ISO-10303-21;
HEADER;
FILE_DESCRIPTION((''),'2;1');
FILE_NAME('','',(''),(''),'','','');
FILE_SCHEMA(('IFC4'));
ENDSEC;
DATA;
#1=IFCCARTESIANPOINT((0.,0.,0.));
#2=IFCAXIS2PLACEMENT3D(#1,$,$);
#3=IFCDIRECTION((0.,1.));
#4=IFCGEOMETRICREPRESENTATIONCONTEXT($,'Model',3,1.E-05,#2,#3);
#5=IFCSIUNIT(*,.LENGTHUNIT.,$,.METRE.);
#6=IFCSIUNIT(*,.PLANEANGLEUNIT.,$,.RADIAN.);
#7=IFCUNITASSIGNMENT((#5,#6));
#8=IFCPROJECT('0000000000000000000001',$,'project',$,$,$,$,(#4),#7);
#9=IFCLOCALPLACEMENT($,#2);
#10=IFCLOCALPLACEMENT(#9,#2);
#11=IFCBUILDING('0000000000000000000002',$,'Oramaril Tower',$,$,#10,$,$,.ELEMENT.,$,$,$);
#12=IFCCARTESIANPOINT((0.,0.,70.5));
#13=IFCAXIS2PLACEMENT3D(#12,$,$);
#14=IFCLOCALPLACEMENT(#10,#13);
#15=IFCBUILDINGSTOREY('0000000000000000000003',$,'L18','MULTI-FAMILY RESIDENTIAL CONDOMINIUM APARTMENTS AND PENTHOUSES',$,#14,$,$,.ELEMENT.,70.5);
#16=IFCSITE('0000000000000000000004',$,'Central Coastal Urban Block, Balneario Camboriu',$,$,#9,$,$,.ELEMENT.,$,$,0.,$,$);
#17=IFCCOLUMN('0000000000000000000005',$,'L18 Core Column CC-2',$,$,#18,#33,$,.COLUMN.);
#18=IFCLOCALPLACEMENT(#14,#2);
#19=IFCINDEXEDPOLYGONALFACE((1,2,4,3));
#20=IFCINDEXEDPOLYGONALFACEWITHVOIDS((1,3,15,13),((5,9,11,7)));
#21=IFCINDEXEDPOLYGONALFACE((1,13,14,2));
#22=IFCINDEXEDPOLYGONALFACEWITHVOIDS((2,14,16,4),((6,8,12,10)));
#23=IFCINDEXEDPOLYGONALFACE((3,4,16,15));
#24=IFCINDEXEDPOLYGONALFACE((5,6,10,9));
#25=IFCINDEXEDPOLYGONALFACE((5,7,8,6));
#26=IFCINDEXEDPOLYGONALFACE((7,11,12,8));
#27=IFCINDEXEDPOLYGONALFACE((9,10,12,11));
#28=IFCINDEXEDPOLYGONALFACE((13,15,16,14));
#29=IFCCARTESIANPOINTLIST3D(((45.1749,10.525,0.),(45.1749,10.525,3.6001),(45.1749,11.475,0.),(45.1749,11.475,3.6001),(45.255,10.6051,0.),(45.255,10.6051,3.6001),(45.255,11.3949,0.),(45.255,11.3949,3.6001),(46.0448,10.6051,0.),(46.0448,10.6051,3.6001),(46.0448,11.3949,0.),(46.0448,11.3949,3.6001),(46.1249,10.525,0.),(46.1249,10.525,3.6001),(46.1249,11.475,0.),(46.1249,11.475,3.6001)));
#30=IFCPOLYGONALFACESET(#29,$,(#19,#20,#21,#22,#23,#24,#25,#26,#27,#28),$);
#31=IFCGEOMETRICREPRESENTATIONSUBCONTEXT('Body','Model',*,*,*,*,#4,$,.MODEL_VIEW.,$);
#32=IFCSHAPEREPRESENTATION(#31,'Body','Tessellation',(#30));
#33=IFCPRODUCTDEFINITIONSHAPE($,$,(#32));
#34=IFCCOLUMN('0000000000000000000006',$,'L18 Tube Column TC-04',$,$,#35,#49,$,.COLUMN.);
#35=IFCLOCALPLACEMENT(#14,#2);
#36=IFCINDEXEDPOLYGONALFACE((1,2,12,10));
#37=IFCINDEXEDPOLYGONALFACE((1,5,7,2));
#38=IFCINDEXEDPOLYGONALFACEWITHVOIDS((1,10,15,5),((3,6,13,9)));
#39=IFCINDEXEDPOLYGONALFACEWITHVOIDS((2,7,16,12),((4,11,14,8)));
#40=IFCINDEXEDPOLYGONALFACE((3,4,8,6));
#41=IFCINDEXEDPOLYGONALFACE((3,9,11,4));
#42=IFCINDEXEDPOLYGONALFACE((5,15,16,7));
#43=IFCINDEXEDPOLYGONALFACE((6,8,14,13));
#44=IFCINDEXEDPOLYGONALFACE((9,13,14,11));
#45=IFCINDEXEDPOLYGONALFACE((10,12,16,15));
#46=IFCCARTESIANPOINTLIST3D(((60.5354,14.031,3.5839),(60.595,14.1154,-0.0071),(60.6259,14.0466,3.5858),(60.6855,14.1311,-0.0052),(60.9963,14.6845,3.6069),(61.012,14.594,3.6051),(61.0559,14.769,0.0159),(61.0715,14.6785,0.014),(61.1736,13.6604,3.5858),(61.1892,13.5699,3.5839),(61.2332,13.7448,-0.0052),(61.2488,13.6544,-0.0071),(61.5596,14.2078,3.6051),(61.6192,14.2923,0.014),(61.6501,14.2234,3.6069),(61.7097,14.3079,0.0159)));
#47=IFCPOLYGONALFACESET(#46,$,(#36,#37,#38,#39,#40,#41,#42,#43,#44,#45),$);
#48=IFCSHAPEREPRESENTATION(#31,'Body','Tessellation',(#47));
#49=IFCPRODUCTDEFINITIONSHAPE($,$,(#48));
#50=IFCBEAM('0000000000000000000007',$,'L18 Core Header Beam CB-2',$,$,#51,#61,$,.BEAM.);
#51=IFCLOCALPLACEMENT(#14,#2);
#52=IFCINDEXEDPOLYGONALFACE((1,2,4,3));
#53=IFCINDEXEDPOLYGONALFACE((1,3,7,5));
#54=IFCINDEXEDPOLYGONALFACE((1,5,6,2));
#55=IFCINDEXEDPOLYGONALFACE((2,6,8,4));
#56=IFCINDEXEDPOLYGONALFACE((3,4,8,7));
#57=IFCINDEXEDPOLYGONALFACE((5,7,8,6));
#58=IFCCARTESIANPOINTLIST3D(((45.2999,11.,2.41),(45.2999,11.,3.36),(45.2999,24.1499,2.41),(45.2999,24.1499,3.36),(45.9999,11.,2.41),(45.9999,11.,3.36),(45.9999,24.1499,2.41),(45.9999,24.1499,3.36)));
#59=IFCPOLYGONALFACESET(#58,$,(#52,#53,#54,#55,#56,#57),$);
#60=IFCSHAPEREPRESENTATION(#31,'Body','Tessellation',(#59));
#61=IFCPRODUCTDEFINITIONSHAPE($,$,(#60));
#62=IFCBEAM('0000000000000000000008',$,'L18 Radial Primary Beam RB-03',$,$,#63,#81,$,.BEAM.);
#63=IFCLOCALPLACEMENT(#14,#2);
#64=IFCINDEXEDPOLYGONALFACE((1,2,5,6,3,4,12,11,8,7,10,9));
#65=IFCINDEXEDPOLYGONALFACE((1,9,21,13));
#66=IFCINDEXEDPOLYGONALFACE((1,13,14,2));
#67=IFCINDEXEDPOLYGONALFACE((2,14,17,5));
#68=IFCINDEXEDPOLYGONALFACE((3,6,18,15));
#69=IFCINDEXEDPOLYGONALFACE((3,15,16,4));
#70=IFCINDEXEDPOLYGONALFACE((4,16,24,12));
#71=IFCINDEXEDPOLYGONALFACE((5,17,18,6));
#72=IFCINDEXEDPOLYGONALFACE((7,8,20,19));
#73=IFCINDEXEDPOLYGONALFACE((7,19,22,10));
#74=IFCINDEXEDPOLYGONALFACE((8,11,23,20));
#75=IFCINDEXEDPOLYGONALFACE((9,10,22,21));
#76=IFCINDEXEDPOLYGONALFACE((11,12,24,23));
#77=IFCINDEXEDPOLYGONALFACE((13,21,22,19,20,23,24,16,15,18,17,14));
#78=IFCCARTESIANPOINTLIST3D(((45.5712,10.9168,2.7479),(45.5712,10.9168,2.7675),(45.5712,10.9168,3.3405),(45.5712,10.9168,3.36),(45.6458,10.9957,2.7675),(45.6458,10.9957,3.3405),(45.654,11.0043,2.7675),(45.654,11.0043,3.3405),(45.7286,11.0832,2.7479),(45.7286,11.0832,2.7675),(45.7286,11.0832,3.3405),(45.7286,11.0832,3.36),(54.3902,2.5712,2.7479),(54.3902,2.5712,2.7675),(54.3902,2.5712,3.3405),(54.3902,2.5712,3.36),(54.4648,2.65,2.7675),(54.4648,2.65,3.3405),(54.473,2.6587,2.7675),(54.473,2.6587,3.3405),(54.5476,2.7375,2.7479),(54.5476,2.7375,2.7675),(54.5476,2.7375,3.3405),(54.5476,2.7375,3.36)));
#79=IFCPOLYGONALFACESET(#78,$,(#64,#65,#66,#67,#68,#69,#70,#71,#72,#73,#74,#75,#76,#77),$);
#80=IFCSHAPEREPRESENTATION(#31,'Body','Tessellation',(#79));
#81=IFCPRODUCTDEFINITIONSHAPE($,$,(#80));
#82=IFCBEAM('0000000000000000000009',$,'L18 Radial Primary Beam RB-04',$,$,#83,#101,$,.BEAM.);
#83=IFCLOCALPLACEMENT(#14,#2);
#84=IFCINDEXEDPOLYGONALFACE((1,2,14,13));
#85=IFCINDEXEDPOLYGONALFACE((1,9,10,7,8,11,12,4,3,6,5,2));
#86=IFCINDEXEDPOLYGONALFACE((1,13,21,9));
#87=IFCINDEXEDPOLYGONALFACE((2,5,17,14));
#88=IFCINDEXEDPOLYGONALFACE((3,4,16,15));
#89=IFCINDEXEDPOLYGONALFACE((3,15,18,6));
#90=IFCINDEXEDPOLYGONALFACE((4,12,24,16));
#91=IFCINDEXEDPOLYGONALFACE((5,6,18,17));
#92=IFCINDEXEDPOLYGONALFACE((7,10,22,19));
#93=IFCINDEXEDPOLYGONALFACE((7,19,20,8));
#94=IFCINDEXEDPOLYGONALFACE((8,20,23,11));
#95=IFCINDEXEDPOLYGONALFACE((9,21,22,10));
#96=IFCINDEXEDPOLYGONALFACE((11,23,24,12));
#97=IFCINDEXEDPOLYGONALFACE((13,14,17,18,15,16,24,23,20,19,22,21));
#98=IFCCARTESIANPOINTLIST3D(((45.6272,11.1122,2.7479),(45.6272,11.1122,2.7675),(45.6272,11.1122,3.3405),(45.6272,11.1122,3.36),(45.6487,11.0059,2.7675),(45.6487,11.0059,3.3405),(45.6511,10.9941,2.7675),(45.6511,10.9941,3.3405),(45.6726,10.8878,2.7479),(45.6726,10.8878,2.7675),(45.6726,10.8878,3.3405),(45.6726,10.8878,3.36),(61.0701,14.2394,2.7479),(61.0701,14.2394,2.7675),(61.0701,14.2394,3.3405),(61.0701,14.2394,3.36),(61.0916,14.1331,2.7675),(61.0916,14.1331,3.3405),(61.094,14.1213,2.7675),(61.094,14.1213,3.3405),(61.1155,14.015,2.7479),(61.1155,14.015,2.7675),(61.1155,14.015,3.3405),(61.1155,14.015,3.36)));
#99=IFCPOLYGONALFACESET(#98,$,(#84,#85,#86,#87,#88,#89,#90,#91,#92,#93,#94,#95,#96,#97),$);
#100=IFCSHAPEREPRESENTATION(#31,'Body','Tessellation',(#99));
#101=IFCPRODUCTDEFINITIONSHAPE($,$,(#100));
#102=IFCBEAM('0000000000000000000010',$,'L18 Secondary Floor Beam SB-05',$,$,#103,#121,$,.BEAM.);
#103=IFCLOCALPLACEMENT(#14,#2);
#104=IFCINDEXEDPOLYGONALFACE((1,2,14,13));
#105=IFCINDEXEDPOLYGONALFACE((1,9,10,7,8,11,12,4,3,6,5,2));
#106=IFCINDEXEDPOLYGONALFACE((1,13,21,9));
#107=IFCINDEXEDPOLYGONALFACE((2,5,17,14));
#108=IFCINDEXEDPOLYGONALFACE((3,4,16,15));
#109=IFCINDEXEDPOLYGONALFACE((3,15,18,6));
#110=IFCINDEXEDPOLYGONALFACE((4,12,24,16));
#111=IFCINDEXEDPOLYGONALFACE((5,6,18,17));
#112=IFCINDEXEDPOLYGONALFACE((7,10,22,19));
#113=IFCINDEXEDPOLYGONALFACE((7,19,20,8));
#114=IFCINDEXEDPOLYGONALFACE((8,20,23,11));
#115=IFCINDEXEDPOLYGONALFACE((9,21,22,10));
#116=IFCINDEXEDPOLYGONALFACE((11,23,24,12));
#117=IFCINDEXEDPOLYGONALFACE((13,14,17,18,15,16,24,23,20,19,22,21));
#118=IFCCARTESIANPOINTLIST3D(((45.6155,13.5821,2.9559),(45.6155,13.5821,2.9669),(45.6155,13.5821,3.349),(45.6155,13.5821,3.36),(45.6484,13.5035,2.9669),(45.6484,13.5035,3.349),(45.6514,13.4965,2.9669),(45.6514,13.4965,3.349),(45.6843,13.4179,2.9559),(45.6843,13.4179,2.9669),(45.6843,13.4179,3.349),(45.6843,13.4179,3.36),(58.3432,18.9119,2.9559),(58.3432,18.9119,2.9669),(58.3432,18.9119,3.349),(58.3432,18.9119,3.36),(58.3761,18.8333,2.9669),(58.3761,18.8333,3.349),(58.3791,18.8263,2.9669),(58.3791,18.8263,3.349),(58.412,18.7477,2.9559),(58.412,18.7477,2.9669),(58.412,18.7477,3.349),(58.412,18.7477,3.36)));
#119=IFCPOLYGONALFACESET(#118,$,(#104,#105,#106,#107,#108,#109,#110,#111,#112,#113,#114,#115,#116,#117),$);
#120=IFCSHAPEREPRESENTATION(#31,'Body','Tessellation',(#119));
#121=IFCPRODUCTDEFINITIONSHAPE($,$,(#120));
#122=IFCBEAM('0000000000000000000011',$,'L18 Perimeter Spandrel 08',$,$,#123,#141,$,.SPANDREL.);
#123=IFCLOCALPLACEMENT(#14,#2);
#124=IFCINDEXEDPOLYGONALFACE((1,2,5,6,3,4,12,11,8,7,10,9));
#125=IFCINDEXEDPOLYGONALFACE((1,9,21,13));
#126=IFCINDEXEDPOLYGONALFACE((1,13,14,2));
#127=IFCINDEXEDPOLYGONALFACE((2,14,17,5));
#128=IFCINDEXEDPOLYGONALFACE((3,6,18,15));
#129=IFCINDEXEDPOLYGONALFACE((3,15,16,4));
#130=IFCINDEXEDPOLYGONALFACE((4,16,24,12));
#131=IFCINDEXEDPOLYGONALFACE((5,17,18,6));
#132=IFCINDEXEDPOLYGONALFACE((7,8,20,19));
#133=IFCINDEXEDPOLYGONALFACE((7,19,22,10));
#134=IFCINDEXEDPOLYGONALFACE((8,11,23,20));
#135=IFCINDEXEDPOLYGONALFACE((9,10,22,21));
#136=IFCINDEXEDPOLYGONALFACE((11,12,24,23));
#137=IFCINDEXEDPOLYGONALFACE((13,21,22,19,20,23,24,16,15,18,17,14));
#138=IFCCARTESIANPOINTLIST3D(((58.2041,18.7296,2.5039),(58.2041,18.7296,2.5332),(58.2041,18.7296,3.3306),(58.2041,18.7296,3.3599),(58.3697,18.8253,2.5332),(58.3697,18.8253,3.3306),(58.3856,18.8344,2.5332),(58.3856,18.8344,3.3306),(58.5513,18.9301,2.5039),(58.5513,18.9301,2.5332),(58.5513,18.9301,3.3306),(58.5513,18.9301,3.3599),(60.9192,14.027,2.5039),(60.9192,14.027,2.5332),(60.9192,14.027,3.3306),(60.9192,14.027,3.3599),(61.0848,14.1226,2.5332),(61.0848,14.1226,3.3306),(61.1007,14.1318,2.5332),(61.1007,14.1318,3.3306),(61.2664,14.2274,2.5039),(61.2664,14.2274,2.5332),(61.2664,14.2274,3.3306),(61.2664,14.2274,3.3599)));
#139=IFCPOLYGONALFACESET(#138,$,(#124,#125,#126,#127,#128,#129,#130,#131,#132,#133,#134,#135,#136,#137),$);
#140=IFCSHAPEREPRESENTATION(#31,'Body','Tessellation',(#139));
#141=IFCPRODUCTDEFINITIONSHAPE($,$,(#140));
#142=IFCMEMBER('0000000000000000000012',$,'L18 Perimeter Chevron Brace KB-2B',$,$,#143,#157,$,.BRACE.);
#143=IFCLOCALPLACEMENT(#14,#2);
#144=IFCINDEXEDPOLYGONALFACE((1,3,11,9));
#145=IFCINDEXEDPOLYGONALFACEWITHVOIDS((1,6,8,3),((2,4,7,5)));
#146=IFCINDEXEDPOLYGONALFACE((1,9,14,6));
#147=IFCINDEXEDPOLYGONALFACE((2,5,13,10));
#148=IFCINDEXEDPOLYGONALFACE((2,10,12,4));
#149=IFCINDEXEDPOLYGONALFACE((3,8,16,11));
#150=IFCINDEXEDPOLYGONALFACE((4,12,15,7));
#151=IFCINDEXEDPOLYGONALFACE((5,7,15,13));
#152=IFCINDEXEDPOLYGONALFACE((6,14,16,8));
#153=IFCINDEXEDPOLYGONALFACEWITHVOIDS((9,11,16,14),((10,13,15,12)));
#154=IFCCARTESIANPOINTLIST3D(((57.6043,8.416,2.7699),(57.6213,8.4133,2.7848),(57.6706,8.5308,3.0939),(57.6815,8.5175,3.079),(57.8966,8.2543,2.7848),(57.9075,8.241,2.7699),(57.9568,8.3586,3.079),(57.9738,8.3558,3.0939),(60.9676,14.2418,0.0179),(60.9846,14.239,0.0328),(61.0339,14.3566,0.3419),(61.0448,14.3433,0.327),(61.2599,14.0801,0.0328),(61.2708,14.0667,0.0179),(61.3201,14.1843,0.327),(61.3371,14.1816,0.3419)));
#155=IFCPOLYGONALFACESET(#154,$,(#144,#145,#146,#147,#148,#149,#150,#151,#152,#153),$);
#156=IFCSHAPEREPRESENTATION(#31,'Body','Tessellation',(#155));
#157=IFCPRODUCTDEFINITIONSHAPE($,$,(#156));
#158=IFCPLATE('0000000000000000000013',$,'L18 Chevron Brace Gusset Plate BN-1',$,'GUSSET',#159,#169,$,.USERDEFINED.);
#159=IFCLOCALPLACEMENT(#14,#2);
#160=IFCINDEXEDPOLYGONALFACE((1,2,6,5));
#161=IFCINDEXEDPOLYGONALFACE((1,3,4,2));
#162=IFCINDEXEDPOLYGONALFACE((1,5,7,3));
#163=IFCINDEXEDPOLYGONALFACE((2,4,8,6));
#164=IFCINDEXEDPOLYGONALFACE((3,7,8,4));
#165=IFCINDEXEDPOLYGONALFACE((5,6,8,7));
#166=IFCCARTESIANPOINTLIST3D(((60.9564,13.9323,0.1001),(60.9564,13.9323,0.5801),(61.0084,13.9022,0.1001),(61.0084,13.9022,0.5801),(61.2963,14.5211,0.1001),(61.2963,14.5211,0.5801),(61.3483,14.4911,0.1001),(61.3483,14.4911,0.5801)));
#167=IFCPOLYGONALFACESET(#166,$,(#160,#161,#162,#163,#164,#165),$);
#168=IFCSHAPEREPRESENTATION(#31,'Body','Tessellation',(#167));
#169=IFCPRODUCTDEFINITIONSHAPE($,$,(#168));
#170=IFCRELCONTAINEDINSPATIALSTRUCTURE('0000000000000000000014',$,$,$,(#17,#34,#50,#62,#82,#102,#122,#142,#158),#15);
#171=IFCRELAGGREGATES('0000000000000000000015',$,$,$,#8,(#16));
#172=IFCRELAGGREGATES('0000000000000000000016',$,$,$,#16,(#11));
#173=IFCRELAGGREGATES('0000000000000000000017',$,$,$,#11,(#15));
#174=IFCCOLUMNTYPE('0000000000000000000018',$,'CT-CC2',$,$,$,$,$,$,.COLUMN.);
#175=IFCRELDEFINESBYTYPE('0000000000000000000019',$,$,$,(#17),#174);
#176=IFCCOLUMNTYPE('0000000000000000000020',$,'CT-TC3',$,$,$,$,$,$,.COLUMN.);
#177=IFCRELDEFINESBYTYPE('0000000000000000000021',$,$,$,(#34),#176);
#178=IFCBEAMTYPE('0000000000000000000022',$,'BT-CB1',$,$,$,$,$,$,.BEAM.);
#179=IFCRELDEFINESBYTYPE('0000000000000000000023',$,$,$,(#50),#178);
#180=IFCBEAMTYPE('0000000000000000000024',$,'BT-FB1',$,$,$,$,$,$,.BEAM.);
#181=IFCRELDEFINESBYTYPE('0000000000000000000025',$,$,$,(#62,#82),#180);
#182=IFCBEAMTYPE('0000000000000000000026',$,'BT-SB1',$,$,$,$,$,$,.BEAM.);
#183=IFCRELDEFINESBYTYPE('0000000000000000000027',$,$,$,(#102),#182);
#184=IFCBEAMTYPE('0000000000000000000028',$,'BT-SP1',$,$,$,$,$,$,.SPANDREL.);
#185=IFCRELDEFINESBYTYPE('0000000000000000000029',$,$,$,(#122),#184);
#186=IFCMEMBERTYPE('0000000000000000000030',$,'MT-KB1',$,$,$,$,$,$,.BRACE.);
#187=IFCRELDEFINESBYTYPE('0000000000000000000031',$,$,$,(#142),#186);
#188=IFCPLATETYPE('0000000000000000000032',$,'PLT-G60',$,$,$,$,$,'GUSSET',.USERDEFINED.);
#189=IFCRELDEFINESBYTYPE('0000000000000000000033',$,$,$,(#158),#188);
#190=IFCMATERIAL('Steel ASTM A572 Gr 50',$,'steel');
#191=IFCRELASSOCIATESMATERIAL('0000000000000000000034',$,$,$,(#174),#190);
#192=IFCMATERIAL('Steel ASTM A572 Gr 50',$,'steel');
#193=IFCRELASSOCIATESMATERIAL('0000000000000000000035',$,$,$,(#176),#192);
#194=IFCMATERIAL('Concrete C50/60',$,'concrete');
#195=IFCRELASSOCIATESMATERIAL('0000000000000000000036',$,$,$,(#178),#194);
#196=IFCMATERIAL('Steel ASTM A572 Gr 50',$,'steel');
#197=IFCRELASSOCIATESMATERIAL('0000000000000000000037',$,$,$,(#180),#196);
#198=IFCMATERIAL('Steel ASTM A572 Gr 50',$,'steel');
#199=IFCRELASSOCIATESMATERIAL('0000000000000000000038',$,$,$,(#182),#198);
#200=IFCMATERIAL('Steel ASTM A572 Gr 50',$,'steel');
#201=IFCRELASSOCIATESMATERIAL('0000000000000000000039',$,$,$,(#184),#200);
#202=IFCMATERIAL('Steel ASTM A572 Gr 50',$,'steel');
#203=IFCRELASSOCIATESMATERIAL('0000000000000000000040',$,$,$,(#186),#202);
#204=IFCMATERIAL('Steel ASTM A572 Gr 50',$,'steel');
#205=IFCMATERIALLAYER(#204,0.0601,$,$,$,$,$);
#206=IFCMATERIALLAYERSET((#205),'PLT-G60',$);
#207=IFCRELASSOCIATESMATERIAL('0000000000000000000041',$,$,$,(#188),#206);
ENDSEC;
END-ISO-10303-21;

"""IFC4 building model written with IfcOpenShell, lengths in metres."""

from ifc_helpers import new_model, si_unit, direction, frame, origin, origin_2d, place, context, subcontext, project, spatial, rectangle, hollow_rectangle, i_section, extrude, material, layer, layer_set, material_profile, profile_set, type_object, element, save


model = new_model("IFC4")

# Units and contexts
model_context = context("Model", 3, precision=1e-05, world=origin(), true_north=direction((0.0, 1.0)))
body_context = subcontext(model_context, "Body", "Model", "MODEL_VIEW")
ifc_project = project(units=[si_unit("LENGTHUNIT", "METRE"), si_unit("PLANEANGLEUNIT", "RADIAN")], contexts=[model_context])

# Site, building, storey
site_placement = place(None, origin())
site = spatial("IfcSite", under=ifc_project, at=site_placement, Name="Central Coastal Urban Block, Balneario Camboriu", CompositionType="ELEMENT", RefElevation=0.0)
building_placement = place(site_placement, origin())
building = spatial("IfcBuilding", under=site, at=building_placement, Name="Oramaril Tower", CompositionType="ELEMENT")
storey_placement = place(building_placement, frame((0.0, 0.0, 70.5)))
storey = spatial("IfcBuildingStorey", under=building, at=storey_placement, Name="L18", Description="MULTI-FAMILY RESIDENTIAL CONDOMINIUM APARTMENTS AND PENTHOUSES", CompositionType="ELEMENT", Elevation=70.5)

# Columns
ifc_material_1 = material(Name="Steel ASTM A572 Gr 50", Category="steel")
ifc_material_profile_1 = material_profile(ifc_material_1, hollow_rectangle(XDim=0.95, YDim=0.95, WallThickness=0.0801, at=origin_2d()), Name="BOX950X950X80")
ifc_profile_set_1 = profile_set([ifc_material_profile_1], Name="Steel ASTM A572 Gr 50")
column_type_1 = type_object("IfcColumnType", Name="CT-CC2", PredefinedType="COLUMN", material=ifc_profile_set_1)
column_1_placement = place(storey_placement, frame((45.6499, 11.0, 0.0), z_axis=(0.0, 0.0, 1.0), x_axis=(1.0, 0.0, 0.0)))
element("IfcColumn", 1, at=column_1_placement, inside=storey, type_object=column_type_1, Name="L18 Core Column CC-2", PredefinedType="COLUMN", context=body_context, shape_type="SweptSolid", body=[
    extrude(hollow_rectangle(XDim=0.95, YDim=0.95, WallThickness=0.0801, at=origin_2d()), origin(), (0.0, 0.0, 1.0), 3.6001),
])
ifc_material_2 = material(Name="Steel ASTM A572 Gr 50", Category="steel")
ifc_material_profile_2 = material_profile(ifc_material_2, hollow_rectangle(XDim=0.8, YDim=0.8, WallThickness=0.0649, at=origin_2d()), Name="BOX800X800X65")
ifc_profile_set_2 = profile_set([ifc_material_profile_2], Name="Steel ASTM A572 Gr 50")
column_type_2 = type_object("IfcColumnType", Name="CT-TC3", PredefinedType="COLUMN", material=ifc_profile_set_2)
column_2_placement = place(storey_placement, frame((61.1523, 14.2117, 0.0044), z_axis=(-0.016582, -0.023513, 0.999586), x_axis=(0.81723, -0.576312, 0.0)))
element("IfcColumn", 2, at=column_2_placement, inside=storey, type_object=column_type_2, Name="L18 Tube Column TC-04", PredefinedType="COLUMN", context=body_context, shape_type="SweptSolid", body=[
    extrude(hollow_rectangle(XDim=0.8, YDim=0.8, WallThickness=0.0649, at=origin_2d()), origin(), (0.0, 0.0, 1.0), 3.5925),
])

# Beams
ifc_material_3 = material(Name="Concrete C50/60", Category="concrete")
ifc_material_profile_3 = material_profile(ifc_material_3, rectangle(XDim=0.7, YDim=0.95, at=origin_2d()), Name="CB700X950")
ifc_profile_set_3 = profile_set([ifc_material_profile_3], Name="Concrete C50/60")
beam_type_1 = type_object("IfcBeamType", Name="BT-CB1", PredefinedType="BEAM", material=ifc_profile_set_3)
beam_1_placement = place(storey_placement, frame((45.6499, 11.0, 2.885), z_axis=(0.0, 1.0, 0.0), x_axis=(-1.0, 0.0, 0.0)))
element("IfcBeam", 3, at=beam_1_placement, inside=storey, type_object=beam_type_1, Name="L18 Core Header Beam CB-2", PredefinedType="BEAM", context=body_context, shape_type="SweptSolid", body=[
    extrude(rectangle(XDim=0.7, YDim=0.95, at=origin_2d()), origin(), (0.0, 0.0, 1.0), 13.1499),
])
ifc_material_4 = material(Name="Steel ASTM A572 Gr 50", Category="steel")
ifc_material_profile_4 = material_profile(ifc_material_4, i_section(OverallWidth=0.229, OverallDepth=0.6121, WebThickness=0.012, FlangeThickness=0.0195, at=origin_2d()), Name="W24X84")
ifc_profile_set_4 = profile_set([ifc_material_profile_4], Name="Steel ASTM A572 Gr 50")
beam_type_2 = type_object("IfcBeamType", Name="BT-FB1", PredefinedType="BEAM", material=ifc_profile_set_4)
beam_2_placement = place(storey_placement, frame((45.6499, 11.0, 3.054), z_axis=(0.726332, -0.687344, 0.0), x_axis=(0.687344, 0.726332, 0.0)))
element("IfcBeam", 4, at=beam_2_placement, inside=storey, type_object=beam_type_2, Name="L18 Radial Primary Beam RB-03", PredefinedType="BEAM", context=body_context, shape_type="SweptSolid", body=[
    extrude(i_section(OverallWidth=0.229, OverallDepth=0.6121, WebThickness=0.012, FlangeThickness=0.0195, at=origin_2d()), origin(), (0.0, 0.0, 1.0), 12.1418),
])
beam_3_placement = place(storey_placement, frame((45.6499, 11.0, 3.054), z_axis=(0.980106, 0.198473, 0.0), x_axis=(-0.198473, 0.980106, 0.0)))
element("IfcBeam", 5, at=beam_3_placement, inside=storey, type_object=beam_type_2, Name="L18 Radial Primary Beam RB-04", PredefinedType="BEAM", context=body_context, shape_type="SweptSolid", body=[
    extrude(i_section(OverallWidth=0.229, OverallDepth=0.6121, WebThickness=0.012, FlangeThickness=0.0195, at=origin_2d()), origin(), (0.0, 0.0, 1.0), 15.7563),
])
ifc_material_5 = material(Name="Steel ASTM A572 Gr 50", Category="steel")
ifc_material_profile_5 = material_profile(ifc_material_5, i_section(OverallWidth=0.178, OverallDepth=0.4041, WebThickness=0.0076, FlangeThickness=0.011, at=origin_2d()), Name="W16X36")
ifc_profile_set_5 = profile_set([ifc_material_profile_5], Name="Steel ASTM A572 Gr 50")
beam_type_3 = type_object("IfcBeamType", Name="BT-SB1", PredefinedType="BEAM", material=ifc_profile_set_5)
beam_4_placement = place(storey_placement, frame((45.6499, 13.5, 3.158), z_axis=(0.922391, 0.386257, 0.0), x_axis=(-0.386257, 0.922391, 0.0)))
element("IfcBeam", 6, at=beam_4_placement, inside=storey, type_object=beam_type_3, Name="L18 Secondary Floor Beam SB-05", PredefinedType="BEAM", context=body_context, shape_type="SweptSolid", body=[
    extrude(i_section(OverallWidth=0.178, OverallDepth=0.4041, WebThickness=0.0076, FlangeThickness=0.011, at=origin_2d()), origin(), (0.0, 0.0, 1.0), 13.7986),
])
ifc_material_6 = material(Name="Steel ASTM A572 Gr 50", Category="steel")
ifc_material_profile_6 = material_profile(ifc_material_6, i_section(OverallWidth=0.4009, OverallDepth=0.856, WebThickness=0.0183, FlangeThickness=0.0293, at=origin_2d()), Name="W33X201")
ifc_profile_set_6 = profile_set([ifc_material_profile_6], Name="Steel ASTM A572 Gr 50")
beam_type_4 = type_object("IfcBeamType", Name="BT-SP1", PredefinedType="SPANDREL", material=ifc_profile_set_6)
beam_5_placement = place(storey_placement, frame((61.0928, 14.1272, 2.9319), z_axis=(-0.500003, 0.866024, 0.0), x_axis=(-0.866024, -0.500003, 0.0)))
element("IfcBeam", 7, at=beam_5_placement, inside=storey, type_object=beam_type_4, Name="L18 Perimeter Spandrel 08", PredefinedType="SPANDREL", context=body_context, shape_type="SweptSolid", body=[
    extrude(i_section(OverallWidth=0.4009, OverallDepth=0.856, WebThickness=0.0183, FlangeThickness=0.0293, at=origin_2d()), origin(), (0.0, 0.0, 1.0), 5.4302),
])

# Member
ifc_material_7 = material(Name="Steel ASTM A572 Gr 50", Category="steel")
ifc_material_profile_7 = material_profile(ifc_material_7, hollow_rectangle(XDim=0.3501, YDim=0.3501, WallThickness=0.0161, at=origin_2d()), Name="HSS350X350X16")
ifc_profile_set_7 = profile_set([ifc_material_profile_7], Name="Steel ASTM A572 Gr 50")
member_type = type_object("IfcMemberType", Name="MT-KB1", PredefinedType="BRACE", material=ifc_profile_set_7)
member_placement = place(storey_placement, frame((61.1523, 14.2117, 0.1799), z_axis=(-0.462753, -0.801555, 0.378641), x_axis=(0.866037, -0.49998, 0.0)))
element("IfcMember", 8, at=member_placement, inside=storey, type_object=member_type, Name="L18 Perimeter Chevron Brace KB-2B", PredefinedType="BRACE", context=body_context, shape_type="SweptSolid", body=[
    extrude(hollow_rectangle(XDim=0.3501, YDim=0.3501, WallThickness=0.0161, at=origin_2d()), origin(), (0.0, 0.0, 1.0), 7.2681),
])

# Plate
ifc_material_8 = material(Name="Steel ASTM A572 Gr 50", Category="steel")
ifc_layer_1 = layer(ifc_material_8, 0.0601)
ifc_layer_set_1 = layer_set([ifc_layer_1], Name="PLT-G60")
plate_type = type_object("IfcPlateType", Name="PLT-G60", ElementType="GUSSET", PredefinedType="USERDEFINED", material=ifc_layer_set_1)
plate_placement = place(storey_placement, frame((61.1523, 14.2117, 0.1001), z_axis=(0.0, 0.0, 1.0), x_axis=(0.5, 0.866025, 0.0)))
element("IfcPlate", 9, at=plate_placement, inside=storey, type_object=plate_type, Name="L18 Chevron Brace Gusset Plate BN-1", ObjectType="GUSSET", PredefinedType="USERDEFINED", context=body_context, shape_type="SweptSolid", body=[
    extrude(rectangle(XDim=0.6799, YDim=0.0601, at=origin_2d()), origin(), (0.0, 0.0, 1.0), 0.48),
])

save(model, "model.ifc")
